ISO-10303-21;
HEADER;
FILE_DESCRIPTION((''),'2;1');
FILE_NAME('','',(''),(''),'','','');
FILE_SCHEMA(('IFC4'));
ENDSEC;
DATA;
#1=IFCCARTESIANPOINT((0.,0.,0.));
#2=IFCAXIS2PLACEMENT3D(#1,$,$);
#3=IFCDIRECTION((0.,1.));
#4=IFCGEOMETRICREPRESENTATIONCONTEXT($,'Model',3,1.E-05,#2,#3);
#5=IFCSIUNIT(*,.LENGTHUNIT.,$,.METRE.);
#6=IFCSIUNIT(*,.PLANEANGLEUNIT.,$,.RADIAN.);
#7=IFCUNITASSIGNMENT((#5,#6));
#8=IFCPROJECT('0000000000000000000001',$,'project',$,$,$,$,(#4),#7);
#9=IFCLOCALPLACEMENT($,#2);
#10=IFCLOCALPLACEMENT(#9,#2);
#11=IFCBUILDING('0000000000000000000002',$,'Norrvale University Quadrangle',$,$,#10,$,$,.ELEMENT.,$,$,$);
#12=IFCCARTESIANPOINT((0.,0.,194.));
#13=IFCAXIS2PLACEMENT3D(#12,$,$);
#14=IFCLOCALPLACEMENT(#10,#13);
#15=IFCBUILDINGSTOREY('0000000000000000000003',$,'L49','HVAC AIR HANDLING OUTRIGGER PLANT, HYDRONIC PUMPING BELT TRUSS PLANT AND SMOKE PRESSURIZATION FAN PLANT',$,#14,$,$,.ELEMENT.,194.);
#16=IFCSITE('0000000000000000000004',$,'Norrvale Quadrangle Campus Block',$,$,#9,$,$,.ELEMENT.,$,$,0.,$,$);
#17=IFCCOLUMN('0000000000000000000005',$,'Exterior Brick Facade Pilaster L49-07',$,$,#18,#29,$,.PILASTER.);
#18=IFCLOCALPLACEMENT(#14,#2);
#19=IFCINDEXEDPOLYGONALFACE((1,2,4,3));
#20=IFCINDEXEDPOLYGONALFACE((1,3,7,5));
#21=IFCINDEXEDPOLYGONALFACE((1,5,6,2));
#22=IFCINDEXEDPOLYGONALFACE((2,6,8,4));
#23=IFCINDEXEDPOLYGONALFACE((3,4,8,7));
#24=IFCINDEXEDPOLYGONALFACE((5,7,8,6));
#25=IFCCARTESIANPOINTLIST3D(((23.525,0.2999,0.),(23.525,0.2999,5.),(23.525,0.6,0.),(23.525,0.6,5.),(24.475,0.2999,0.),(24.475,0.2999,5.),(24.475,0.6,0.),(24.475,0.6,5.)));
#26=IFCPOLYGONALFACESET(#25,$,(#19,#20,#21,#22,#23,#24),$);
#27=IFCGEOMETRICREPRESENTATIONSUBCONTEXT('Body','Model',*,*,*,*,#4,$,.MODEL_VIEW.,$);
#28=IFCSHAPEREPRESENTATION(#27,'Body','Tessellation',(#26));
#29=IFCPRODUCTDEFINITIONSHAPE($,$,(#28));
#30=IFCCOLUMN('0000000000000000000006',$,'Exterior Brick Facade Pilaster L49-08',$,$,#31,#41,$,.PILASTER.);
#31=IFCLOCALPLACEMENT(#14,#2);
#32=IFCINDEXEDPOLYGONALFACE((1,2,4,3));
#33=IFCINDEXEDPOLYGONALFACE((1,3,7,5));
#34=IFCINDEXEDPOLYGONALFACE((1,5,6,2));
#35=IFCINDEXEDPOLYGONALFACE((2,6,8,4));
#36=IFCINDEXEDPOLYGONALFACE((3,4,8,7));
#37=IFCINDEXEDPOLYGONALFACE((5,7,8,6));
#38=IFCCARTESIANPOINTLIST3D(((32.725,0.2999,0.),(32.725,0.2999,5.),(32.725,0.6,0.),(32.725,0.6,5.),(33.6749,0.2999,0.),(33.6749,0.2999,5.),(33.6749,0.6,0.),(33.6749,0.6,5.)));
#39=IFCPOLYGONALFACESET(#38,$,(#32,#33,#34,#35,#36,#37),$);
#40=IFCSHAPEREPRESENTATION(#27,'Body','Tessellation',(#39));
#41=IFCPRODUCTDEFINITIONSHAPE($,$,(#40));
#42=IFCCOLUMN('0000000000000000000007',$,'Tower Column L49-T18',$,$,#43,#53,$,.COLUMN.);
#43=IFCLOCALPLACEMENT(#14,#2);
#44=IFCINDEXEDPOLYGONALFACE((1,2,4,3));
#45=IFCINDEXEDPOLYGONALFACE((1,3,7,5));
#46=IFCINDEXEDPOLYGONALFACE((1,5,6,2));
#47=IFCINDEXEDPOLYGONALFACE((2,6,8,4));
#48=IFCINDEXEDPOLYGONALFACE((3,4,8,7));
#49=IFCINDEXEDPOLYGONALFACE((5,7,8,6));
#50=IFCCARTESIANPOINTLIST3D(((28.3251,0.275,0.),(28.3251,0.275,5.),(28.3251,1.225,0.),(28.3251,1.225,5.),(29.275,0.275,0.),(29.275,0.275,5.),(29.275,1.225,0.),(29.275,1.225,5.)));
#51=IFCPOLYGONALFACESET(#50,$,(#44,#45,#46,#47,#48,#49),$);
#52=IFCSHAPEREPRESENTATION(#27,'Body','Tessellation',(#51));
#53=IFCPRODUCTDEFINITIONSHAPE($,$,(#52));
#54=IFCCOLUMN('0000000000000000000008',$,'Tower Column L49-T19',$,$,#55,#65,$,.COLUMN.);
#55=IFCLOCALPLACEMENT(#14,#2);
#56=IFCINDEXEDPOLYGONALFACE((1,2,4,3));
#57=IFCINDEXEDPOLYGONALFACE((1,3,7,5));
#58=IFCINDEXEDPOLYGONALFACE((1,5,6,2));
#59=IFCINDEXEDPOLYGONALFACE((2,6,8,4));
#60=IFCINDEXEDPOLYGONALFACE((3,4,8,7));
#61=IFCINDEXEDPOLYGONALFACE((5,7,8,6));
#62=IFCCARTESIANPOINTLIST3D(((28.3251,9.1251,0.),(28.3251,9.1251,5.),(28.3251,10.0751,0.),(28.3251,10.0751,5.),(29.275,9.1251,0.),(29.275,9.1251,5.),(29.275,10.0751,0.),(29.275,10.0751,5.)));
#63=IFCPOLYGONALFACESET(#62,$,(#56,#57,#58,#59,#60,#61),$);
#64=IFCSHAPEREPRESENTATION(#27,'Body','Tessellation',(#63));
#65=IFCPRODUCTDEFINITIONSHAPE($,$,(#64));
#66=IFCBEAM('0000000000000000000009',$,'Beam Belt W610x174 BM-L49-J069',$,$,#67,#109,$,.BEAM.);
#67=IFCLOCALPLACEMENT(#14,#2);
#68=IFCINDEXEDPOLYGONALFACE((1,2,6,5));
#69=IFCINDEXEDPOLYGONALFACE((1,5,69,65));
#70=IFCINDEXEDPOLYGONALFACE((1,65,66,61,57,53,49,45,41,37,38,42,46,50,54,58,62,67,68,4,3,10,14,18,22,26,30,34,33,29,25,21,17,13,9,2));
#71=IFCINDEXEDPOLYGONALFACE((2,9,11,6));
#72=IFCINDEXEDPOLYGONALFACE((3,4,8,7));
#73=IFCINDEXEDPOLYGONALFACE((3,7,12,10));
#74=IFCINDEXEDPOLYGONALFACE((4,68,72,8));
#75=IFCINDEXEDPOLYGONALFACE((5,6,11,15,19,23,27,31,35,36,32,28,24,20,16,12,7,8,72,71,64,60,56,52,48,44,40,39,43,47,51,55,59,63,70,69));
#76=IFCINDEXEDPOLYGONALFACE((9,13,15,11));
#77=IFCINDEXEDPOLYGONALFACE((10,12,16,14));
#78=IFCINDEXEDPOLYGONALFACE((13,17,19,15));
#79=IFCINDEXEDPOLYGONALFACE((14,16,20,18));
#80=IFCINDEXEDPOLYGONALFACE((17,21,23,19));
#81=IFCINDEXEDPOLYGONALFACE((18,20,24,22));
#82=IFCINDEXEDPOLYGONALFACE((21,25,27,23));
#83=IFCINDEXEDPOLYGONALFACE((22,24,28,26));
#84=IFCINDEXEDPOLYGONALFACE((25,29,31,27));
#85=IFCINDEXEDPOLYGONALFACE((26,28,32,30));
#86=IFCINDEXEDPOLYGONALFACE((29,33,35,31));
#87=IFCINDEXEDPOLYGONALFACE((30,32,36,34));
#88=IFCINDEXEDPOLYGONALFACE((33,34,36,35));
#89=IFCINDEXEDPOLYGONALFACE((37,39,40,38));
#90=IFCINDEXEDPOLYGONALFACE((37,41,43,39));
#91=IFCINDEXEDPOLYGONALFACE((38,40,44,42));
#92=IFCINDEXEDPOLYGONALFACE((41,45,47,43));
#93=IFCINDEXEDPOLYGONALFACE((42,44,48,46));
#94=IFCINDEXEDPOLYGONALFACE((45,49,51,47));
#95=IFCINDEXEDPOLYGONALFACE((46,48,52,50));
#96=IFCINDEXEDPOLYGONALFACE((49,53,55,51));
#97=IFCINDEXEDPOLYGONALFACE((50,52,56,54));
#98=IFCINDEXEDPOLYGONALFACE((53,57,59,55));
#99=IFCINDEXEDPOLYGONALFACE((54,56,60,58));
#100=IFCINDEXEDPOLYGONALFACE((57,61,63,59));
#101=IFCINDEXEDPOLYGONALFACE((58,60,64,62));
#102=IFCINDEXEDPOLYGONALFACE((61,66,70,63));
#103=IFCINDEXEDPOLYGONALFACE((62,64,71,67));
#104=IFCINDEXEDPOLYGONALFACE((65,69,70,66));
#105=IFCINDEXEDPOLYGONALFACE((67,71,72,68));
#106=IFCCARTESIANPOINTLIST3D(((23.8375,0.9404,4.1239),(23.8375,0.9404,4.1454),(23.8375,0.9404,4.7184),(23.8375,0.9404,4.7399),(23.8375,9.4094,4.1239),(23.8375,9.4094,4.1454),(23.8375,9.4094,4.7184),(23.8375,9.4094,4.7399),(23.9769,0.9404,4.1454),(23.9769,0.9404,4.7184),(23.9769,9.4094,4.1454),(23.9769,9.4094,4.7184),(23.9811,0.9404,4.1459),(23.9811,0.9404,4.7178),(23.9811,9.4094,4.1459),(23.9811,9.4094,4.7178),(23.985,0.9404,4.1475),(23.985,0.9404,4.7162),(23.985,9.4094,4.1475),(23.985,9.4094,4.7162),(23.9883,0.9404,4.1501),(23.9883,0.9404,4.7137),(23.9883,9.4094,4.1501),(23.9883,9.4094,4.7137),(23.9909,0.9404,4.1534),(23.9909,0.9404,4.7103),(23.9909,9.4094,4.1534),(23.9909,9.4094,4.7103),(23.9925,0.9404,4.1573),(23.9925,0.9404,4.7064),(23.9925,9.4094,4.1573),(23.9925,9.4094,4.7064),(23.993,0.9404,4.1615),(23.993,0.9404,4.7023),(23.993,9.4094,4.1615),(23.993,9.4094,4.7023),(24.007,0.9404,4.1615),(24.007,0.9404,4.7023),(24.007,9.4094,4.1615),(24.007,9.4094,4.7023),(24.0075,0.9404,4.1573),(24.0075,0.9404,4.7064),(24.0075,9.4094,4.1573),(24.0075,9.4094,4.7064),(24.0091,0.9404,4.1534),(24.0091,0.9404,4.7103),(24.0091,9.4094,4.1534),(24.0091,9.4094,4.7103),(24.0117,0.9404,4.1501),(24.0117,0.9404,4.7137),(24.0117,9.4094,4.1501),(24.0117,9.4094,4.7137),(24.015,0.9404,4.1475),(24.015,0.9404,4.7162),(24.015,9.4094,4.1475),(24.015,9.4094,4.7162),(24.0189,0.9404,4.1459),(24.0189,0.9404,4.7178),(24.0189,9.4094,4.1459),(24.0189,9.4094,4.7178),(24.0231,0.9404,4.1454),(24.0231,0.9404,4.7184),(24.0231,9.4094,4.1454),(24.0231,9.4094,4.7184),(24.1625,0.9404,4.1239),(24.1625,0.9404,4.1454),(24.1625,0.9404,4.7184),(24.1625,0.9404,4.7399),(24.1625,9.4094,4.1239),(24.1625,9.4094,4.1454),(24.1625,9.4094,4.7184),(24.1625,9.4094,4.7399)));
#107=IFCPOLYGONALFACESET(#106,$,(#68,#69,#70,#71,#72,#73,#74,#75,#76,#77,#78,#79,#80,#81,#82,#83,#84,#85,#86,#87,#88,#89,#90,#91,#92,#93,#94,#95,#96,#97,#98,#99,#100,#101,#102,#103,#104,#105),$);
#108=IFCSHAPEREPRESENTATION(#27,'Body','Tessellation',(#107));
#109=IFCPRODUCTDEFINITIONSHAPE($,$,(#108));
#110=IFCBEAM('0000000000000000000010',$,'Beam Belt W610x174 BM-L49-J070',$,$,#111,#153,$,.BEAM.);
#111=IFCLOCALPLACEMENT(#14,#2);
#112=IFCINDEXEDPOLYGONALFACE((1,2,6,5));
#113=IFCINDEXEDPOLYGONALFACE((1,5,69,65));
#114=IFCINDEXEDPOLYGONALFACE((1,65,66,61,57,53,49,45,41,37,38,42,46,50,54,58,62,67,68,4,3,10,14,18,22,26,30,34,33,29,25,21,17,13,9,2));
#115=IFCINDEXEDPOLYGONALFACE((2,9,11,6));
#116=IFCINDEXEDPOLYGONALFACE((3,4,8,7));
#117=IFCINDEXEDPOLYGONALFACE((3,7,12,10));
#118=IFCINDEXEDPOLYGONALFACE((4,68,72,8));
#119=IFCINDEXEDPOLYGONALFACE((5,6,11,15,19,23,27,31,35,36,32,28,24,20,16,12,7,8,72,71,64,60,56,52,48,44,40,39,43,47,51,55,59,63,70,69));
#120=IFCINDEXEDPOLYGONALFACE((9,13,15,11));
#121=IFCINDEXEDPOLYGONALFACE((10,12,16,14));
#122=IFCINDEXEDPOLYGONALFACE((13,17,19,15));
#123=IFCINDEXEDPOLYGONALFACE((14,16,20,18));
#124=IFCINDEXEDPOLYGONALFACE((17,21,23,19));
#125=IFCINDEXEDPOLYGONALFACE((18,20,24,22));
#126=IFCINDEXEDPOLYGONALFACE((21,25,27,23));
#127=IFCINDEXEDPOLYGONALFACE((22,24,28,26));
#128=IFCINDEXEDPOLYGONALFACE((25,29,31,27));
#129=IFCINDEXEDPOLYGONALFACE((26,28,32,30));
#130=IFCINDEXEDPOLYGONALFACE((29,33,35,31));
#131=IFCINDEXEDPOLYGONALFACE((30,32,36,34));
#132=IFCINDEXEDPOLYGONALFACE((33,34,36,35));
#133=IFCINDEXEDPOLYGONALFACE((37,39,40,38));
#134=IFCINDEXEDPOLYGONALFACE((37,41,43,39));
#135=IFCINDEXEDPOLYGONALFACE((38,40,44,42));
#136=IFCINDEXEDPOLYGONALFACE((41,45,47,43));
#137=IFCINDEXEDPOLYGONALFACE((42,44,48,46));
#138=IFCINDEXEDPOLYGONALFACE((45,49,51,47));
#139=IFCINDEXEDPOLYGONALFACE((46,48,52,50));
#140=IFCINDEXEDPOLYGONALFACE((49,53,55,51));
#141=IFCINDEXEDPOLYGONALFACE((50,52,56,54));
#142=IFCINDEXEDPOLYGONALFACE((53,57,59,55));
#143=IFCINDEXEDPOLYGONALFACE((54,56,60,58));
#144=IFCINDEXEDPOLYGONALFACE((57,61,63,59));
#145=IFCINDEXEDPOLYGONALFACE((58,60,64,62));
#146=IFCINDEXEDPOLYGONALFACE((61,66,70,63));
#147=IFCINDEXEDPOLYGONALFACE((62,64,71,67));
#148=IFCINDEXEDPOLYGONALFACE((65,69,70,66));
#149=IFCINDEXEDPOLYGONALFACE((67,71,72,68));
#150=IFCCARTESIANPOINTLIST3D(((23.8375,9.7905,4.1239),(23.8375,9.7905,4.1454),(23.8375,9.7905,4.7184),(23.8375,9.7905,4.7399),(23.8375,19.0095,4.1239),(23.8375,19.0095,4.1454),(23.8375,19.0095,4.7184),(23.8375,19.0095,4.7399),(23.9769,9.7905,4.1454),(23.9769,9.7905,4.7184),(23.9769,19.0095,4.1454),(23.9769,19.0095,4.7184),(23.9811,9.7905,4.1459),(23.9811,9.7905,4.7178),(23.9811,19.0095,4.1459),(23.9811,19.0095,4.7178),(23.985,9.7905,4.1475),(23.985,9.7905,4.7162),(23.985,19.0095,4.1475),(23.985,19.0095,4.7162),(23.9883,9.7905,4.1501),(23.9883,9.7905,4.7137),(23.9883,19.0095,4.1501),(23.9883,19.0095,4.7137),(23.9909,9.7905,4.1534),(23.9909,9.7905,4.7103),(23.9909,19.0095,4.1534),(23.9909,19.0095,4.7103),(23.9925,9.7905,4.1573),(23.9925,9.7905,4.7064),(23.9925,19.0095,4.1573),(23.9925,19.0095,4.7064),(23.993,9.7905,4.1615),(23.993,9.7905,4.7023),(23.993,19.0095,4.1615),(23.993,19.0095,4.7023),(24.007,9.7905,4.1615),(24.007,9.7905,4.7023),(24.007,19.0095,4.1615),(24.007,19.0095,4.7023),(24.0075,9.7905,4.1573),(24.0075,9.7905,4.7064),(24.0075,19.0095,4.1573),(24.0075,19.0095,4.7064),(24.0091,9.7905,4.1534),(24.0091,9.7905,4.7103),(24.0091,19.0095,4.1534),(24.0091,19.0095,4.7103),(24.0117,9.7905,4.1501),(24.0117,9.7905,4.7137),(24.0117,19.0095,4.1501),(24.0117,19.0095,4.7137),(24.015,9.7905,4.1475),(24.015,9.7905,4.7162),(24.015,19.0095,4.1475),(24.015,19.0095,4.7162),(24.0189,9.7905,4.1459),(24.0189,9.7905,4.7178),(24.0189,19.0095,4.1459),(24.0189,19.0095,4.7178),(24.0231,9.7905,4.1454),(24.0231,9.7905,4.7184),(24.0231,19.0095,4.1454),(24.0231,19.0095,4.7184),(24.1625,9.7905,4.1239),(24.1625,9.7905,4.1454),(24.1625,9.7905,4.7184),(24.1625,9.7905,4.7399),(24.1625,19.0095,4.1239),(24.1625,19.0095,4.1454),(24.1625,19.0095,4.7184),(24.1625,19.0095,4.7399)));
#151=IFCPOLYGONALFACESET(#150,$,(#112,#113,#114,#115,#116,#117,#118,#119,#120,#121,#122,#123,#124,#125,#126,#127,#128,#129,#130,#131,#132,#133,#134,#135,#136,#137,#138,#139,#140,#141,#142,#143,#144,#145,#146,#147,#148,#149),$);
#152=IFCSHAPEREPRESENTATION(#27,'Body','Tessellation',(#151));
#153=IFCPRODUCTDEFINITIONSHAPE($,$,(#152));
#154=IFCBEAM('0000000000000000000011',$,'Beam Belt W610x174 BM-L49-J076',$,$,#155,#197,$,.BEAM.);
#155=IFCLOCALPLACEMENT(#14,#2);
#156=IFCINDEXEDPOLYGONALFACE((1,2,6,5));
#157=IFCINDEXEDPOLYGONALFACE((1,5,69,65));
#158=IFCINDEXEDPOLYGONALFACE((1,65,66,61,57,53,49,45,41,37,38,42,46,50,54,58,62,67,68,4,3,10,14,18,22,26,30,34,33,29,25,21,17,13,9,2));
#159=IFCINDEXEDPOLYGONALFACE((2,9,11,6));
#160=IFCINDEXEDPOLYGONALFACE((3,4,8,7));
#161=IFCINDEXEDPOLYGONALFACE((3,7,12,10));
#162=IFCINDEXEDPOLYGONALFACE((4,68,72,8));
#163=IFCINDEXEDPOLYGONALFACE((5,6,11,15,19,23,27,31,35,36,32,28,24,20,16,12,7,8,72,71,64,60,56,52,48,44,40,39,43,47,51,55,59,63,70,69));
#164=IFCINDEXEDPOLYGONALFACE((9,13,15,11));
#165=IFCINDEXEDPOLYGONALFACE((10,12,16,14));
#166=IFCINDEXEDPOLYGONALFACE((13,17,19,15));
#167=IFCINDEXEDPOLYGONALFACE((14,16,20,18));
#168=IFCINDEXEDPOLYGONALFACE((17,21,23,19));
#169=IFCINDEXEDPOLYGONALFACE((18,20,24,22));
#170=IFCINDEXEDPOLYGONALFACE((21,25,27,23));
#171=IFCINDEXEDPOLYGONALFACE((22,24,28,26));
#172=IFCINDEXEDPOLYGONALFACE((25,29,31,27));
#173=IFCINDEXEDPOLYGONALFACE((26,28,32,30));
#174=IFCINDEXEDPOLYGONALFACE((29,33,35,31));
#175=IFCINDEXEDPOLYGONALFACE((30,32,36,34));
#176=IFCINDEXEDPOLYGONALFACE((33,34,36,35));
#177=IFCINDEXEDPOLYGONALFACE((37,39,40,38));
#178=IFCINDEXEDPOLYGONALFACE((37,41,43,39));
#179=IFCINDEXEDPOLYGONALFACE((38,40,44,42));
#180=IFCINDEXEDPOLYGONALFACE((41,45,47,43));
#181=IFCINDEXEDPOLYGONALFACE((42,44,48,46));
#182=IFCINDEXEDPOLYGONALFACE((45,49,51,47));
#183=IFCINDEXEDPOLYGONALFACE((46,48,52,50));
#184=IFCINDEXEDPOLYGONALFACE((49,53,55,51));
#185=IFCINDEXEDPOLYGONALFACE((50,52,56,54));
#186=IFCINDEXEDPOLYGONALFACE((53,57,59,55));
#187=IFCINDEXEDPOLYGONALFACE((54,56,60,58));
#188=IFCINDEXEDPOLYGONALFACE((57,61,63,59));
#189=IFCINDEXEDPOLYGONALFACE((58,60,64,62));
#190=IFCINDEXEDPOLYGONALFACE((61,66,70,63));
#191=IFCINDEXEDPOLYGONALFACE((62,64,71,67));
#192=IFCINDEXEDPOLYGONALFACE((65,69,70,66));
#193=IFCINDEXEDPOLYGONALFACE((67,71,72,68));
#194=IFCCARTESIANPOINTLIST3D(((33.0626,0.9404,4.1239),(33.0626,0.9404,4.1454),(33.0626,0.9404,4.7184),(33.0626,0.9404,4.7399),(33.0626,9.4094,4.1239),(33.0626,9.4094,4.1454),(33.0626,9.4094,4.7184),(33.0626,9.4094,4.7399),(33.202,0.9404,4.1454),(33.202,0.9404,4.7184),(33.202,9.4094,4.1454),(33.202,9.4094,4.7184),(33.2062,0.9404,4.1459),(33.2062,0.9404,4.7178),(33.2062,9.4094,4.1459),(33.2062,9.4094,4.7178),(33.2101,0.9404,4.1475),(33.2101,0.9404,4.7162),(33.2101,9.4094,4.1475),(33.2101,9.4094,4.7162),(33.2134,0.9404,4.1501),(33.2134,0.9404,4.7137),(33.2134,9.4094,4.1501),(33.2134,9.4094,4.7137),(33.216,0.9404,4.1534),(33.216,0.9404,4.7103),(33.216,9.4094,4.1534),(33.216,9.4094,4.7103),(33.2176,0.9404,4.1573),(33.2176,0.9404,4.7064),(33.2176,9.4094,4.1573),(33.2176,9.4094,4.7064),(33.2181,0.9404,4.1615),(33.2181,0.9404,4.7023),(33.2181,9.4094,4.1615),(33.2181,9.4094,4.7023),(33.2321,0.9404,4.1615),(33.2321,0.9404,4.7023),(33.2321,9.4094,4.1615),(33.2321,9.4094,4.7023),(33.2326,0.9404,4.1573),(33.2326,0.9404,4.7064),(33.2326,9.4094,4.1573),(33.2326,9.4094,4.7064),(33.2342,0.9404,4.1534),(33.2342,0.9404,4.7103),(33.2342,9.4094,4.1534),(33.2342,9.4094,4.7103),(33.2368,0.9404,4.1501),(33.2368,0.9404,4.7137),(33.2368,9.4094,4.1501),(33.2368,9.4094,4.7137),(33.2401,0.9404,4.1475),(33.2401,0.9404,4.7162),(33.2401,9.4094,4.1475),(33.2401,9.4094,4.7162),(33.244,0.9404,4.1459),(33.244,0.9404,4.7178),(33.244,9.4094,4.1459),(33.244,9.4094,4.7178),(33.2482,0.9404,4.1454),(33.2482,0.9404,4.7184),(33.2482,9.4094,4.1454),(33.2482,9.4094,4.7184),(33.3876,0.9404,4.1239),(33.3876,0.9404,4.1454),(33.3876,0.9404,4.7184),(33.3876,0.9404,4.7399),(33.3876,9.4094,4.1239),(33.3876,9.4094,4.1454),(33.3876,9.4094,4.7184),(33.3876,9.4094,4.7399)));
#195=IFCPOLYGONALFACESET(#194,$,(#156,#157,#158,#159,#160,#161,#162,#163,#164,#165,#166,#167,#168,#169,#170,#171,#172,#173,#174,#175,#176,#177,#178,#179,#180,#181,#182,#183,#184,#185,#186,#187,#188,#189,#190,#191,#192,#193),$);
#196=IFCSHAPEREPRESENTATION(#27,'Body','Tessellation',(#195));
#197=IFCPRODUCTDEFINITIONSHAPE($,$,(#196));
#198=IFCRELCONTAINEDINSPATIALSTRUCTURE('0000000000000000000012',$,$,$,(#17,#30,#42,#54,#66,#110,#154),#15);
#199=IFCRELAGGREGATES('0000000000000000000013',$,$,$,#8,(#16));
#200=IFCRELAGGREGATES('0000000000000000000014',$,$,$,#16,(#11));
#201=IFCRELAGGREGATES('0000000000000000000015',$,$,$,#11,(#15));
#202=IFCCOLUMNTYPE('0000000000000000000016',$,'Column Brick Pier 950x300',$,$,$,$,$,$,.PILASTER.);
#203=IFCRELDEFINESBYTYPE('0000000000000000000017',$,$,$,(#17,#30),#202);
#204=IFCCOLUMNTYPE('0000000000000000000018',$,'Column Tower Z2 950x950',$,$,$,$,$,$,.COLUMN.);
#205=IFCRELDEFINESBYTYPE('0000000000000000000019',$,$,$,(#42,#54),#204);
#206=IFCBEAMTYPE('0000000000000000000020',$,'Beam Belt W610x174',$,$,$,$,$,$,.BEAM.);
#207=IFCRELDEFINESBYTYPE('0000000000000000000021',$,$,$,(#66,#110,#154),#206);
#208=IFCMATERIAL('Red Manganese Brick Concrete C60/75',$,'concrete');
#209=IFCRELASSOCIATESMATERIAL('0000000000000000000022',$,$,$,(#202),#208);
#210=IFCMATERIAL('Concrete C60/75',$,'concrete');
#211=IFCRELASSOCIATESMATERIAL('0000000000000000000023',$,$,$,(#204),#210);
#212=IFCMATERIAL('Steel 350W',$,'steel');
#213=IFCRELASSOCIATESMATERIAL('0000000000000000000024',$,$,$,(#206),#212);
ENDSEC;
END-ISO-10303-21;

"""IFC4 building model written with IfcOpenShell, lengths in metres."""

from ifc_helpers import new_model, si_unit, direction, frame, origin, origin_2d, place, context, subcontext, project, spatial, rectangle, i_section, extrude, material, material_profile, profile_set, type_object, element, save


model = new_model("IFC4")

# Units and contexts
model_context = context("Model", 3, precision=1e-05, world=origin(), true_north=direction((0.0, 1.0)))
body_context = subcontext(model_context, "Body", "Model", "MODEL_VIEW")
ifc_project = project(units=[si_unit("LENGTHUNIT", "METRE"), si_unit("PLANEANGLEUNIT", "RADIAN")], contexts=[model_context])

# Site, building, storey
site_placement = place(None, origin())
site = spatial("IfcSite", under=ifc_project, at=site_placement, Name="Norrvale Quadrangle Campus Block", CompositionType="ELEMENT", RefElevation=0.0)
building_placement = place(site_placement, origin())
building = spatial("IfcBuilding", under=site, at=building_placement, Name="Norrvale University Quadrangle", CompositionType="ELEMENT")
storey_placement = place(building_placement, frame((0.0, 0.0, 194.0)))
storey = spatial("IfcBuildingStorey", under=building, at=storey_placement, Name="L49", Description="HVAC AIR HANDLING OUTRIGGER PLANT, HYDRONIC PUMPING BELT TRUSS PLANT AND SMOKE PRESSURIZATION FAN PLANT", CompositionType="ELEMENT", Elevation=194.0)

# Columns
ifc_material_1 = material(Name="Red Manganese Brick Concrete C60/75", Category="concrete")
ifc_material_profile_1 = material_profile(ifc_material_1, rectangle(XDim=0.95, YDim=0.3, at=origin_2d()), Name="Red Manganese Brick Concrete C60/75")
ifc_profile_set_1 = profile_set([ifc_material_profile_1], Name="Red Manganese Brick Concrete C60/75")
column_type_1 = type_object("IfcColumnType", Name="Column Brick Pier 950x300", PredefinedType="PILASTER", material=ifc_profile_set_1)
for number, where, z_axis, x_axis, name in (
    (1, (24.0, 0.45, 0.0), (0.0, 0.0, 1.0), (1.0, 0.0, 0.0), "Exterior Brick Facade Pilaster L49-07"),
    (2, (33.2, 0.45, 0.0), (0.0, 0.0, 1.0), (1.0, 0.0, 0.0), "Exterior Brick Facade Pilaster L49-08"),
):
    element("IfcColumn", number, at=place(storey_placement, frame(where, z_axis=z_axis, x_axis=x_axis)), inside=storey, type_object=column_type_1, Name=name, PredefinedType="PILASTER", context=body_context, shape_type="SweptSolid", body=[
        extrude(rectangle(XDim=0.95, YDim=0.3, at=origin_2d()), origin(), (0.0, 0.0, 1.0), 5.0),
    ])
ifc_material_2 = material(Name="Concrete C60/75", Category="concrete")
ifc_material_profile_2 = material_profile(ifc_material_2, rectangle(XDim=0.95, YDim=0.95, at=origin_2d()), Name="Concrete C60/75")
ifc_profile_set_2 = profile_set([ifc_material_profile_2], Name="Concrete C60/75")
column_type_2 = type_object("IfcColumnType", Name="Column Tower Z2 950x950", PredefinedType="COLUMN", material=ifc_profile_set_2)
for number, where, z_axis, x_axis, name in (
    (3, (28.8, 0.75, 0.0), (0.0, 0.0, 1.0), (1.0, 0.0, 0.0), "Tower Column L49-T18"),
    (4, (28.8, 9.6001, 0.0), (0.0, 0.0, 1.0), (1.0, 0.0, 0.0), "Tower Column L49-T19"),
):
    element("IfcColumn", number, at=place(storey_placement, frame(where, z_axis=z_axis, x_axis=x_axis)), inside=storey, type_object=column_type_2, Name=name, PredefinedType="COLUMN", context=body_context, shape_type="SweptSolid", body=[
        extrude(rectangle(XDim=0.95, YDim=0.95, at=origin_2d()), origin(), (0.0, 0.0, 1.0), 5.0),
    ])

# Beams
ifc_material_3 = material(Name="Steel 350W", Category="steel")
ifc_material_profile_3 = material_profile(ifc_material_3, i_section(OverallWidth=0.325, OverallDepth=0.616, WebThickness=0.0139, FlangeThickness=0.0215, FilletRadius=0.0161, at=origin_2d()), Name="Steel 350W")
ifc_profile_set_3 = profile_set([ifc_material_profile_3], Name="Steel 350W")
beam_type_1 = type_object("IfcBeamType", Name="Beam Belt W610x174", PredefinedType="BEAM", material=ifc_profile_set_3)
beam_1_placement = place(storey_placement, frame((24.0, 0.9404, 4.4319), z_axis=(0.0, 1.0, 0.0), x_axis=(-1.0, 0.0, 0.0)))
element("IfcBeam", 5, at=beam_1_placement, inside=storey, type_object=beam_type_1, Name="Beam Belt W610x174 BM-L49-J069", PredefinedType="BEAM", context=body_context, shape_type="SweptSolid", body=[
    extrude(i_section(OverallWidth=0.325, OverallDepth=0.616, WebThickness=0.0139, FlangeThickness=0.0215, FilletRadius=0.0161, at=origin_2d()), origin(), (0.0, 0.0, 1.0), 8.469),
])
beam_2_placement = place(storey_placement, frame((24.0, 9.7905, 4.4319), z_axis=(0.0, 1.0, 0.0), x_axis=(-1.0, 0.0, 0.0)))
element("IfcBeam", 6, at=beam_2_placement, inside=storey, type_object=beam_type_1, Name="Beam Belt W610x174 BM-L49-J070", PredefinedType="BEAM", context=body_context, shape_type="SweptSolid", body=[
    extrude(i_section(OverallWidth=0.325, OverallDepth=0.616, WebThickness=0.0139, FlangeThickness=0.0215, FilletRadius=0.0161, at=origin_2d()), origin(), (0.0, 0.0, 1.0), 9.219),
])
beam_3_placement = place(storey_placement, frame((33.2251, 0.9404, 4.4319), z_axis=(0.0, 1.0, 0.0), x_axis=(-1.0, 0.0, 0.0)))
element("IfcBeam", 7, at=beam_3_placement, inside=storey, type_object=beam_type_1, Name="Beam Belt W610x174 BM-L49-J076", PredefinedType="BEAM", context=body_context, shape_type="SweptSolid", body=[
    extrude(i_section(OverallWidth=0.325, OverallDepth=0.616, WebThickness=0.0139, FlangeThickness=0.0215, FilletRadius=0.0161, at=origin_2d()), origin(), (0.0, 0.0, 1.0), 8.469),
])

save(model, "model.ifc")
